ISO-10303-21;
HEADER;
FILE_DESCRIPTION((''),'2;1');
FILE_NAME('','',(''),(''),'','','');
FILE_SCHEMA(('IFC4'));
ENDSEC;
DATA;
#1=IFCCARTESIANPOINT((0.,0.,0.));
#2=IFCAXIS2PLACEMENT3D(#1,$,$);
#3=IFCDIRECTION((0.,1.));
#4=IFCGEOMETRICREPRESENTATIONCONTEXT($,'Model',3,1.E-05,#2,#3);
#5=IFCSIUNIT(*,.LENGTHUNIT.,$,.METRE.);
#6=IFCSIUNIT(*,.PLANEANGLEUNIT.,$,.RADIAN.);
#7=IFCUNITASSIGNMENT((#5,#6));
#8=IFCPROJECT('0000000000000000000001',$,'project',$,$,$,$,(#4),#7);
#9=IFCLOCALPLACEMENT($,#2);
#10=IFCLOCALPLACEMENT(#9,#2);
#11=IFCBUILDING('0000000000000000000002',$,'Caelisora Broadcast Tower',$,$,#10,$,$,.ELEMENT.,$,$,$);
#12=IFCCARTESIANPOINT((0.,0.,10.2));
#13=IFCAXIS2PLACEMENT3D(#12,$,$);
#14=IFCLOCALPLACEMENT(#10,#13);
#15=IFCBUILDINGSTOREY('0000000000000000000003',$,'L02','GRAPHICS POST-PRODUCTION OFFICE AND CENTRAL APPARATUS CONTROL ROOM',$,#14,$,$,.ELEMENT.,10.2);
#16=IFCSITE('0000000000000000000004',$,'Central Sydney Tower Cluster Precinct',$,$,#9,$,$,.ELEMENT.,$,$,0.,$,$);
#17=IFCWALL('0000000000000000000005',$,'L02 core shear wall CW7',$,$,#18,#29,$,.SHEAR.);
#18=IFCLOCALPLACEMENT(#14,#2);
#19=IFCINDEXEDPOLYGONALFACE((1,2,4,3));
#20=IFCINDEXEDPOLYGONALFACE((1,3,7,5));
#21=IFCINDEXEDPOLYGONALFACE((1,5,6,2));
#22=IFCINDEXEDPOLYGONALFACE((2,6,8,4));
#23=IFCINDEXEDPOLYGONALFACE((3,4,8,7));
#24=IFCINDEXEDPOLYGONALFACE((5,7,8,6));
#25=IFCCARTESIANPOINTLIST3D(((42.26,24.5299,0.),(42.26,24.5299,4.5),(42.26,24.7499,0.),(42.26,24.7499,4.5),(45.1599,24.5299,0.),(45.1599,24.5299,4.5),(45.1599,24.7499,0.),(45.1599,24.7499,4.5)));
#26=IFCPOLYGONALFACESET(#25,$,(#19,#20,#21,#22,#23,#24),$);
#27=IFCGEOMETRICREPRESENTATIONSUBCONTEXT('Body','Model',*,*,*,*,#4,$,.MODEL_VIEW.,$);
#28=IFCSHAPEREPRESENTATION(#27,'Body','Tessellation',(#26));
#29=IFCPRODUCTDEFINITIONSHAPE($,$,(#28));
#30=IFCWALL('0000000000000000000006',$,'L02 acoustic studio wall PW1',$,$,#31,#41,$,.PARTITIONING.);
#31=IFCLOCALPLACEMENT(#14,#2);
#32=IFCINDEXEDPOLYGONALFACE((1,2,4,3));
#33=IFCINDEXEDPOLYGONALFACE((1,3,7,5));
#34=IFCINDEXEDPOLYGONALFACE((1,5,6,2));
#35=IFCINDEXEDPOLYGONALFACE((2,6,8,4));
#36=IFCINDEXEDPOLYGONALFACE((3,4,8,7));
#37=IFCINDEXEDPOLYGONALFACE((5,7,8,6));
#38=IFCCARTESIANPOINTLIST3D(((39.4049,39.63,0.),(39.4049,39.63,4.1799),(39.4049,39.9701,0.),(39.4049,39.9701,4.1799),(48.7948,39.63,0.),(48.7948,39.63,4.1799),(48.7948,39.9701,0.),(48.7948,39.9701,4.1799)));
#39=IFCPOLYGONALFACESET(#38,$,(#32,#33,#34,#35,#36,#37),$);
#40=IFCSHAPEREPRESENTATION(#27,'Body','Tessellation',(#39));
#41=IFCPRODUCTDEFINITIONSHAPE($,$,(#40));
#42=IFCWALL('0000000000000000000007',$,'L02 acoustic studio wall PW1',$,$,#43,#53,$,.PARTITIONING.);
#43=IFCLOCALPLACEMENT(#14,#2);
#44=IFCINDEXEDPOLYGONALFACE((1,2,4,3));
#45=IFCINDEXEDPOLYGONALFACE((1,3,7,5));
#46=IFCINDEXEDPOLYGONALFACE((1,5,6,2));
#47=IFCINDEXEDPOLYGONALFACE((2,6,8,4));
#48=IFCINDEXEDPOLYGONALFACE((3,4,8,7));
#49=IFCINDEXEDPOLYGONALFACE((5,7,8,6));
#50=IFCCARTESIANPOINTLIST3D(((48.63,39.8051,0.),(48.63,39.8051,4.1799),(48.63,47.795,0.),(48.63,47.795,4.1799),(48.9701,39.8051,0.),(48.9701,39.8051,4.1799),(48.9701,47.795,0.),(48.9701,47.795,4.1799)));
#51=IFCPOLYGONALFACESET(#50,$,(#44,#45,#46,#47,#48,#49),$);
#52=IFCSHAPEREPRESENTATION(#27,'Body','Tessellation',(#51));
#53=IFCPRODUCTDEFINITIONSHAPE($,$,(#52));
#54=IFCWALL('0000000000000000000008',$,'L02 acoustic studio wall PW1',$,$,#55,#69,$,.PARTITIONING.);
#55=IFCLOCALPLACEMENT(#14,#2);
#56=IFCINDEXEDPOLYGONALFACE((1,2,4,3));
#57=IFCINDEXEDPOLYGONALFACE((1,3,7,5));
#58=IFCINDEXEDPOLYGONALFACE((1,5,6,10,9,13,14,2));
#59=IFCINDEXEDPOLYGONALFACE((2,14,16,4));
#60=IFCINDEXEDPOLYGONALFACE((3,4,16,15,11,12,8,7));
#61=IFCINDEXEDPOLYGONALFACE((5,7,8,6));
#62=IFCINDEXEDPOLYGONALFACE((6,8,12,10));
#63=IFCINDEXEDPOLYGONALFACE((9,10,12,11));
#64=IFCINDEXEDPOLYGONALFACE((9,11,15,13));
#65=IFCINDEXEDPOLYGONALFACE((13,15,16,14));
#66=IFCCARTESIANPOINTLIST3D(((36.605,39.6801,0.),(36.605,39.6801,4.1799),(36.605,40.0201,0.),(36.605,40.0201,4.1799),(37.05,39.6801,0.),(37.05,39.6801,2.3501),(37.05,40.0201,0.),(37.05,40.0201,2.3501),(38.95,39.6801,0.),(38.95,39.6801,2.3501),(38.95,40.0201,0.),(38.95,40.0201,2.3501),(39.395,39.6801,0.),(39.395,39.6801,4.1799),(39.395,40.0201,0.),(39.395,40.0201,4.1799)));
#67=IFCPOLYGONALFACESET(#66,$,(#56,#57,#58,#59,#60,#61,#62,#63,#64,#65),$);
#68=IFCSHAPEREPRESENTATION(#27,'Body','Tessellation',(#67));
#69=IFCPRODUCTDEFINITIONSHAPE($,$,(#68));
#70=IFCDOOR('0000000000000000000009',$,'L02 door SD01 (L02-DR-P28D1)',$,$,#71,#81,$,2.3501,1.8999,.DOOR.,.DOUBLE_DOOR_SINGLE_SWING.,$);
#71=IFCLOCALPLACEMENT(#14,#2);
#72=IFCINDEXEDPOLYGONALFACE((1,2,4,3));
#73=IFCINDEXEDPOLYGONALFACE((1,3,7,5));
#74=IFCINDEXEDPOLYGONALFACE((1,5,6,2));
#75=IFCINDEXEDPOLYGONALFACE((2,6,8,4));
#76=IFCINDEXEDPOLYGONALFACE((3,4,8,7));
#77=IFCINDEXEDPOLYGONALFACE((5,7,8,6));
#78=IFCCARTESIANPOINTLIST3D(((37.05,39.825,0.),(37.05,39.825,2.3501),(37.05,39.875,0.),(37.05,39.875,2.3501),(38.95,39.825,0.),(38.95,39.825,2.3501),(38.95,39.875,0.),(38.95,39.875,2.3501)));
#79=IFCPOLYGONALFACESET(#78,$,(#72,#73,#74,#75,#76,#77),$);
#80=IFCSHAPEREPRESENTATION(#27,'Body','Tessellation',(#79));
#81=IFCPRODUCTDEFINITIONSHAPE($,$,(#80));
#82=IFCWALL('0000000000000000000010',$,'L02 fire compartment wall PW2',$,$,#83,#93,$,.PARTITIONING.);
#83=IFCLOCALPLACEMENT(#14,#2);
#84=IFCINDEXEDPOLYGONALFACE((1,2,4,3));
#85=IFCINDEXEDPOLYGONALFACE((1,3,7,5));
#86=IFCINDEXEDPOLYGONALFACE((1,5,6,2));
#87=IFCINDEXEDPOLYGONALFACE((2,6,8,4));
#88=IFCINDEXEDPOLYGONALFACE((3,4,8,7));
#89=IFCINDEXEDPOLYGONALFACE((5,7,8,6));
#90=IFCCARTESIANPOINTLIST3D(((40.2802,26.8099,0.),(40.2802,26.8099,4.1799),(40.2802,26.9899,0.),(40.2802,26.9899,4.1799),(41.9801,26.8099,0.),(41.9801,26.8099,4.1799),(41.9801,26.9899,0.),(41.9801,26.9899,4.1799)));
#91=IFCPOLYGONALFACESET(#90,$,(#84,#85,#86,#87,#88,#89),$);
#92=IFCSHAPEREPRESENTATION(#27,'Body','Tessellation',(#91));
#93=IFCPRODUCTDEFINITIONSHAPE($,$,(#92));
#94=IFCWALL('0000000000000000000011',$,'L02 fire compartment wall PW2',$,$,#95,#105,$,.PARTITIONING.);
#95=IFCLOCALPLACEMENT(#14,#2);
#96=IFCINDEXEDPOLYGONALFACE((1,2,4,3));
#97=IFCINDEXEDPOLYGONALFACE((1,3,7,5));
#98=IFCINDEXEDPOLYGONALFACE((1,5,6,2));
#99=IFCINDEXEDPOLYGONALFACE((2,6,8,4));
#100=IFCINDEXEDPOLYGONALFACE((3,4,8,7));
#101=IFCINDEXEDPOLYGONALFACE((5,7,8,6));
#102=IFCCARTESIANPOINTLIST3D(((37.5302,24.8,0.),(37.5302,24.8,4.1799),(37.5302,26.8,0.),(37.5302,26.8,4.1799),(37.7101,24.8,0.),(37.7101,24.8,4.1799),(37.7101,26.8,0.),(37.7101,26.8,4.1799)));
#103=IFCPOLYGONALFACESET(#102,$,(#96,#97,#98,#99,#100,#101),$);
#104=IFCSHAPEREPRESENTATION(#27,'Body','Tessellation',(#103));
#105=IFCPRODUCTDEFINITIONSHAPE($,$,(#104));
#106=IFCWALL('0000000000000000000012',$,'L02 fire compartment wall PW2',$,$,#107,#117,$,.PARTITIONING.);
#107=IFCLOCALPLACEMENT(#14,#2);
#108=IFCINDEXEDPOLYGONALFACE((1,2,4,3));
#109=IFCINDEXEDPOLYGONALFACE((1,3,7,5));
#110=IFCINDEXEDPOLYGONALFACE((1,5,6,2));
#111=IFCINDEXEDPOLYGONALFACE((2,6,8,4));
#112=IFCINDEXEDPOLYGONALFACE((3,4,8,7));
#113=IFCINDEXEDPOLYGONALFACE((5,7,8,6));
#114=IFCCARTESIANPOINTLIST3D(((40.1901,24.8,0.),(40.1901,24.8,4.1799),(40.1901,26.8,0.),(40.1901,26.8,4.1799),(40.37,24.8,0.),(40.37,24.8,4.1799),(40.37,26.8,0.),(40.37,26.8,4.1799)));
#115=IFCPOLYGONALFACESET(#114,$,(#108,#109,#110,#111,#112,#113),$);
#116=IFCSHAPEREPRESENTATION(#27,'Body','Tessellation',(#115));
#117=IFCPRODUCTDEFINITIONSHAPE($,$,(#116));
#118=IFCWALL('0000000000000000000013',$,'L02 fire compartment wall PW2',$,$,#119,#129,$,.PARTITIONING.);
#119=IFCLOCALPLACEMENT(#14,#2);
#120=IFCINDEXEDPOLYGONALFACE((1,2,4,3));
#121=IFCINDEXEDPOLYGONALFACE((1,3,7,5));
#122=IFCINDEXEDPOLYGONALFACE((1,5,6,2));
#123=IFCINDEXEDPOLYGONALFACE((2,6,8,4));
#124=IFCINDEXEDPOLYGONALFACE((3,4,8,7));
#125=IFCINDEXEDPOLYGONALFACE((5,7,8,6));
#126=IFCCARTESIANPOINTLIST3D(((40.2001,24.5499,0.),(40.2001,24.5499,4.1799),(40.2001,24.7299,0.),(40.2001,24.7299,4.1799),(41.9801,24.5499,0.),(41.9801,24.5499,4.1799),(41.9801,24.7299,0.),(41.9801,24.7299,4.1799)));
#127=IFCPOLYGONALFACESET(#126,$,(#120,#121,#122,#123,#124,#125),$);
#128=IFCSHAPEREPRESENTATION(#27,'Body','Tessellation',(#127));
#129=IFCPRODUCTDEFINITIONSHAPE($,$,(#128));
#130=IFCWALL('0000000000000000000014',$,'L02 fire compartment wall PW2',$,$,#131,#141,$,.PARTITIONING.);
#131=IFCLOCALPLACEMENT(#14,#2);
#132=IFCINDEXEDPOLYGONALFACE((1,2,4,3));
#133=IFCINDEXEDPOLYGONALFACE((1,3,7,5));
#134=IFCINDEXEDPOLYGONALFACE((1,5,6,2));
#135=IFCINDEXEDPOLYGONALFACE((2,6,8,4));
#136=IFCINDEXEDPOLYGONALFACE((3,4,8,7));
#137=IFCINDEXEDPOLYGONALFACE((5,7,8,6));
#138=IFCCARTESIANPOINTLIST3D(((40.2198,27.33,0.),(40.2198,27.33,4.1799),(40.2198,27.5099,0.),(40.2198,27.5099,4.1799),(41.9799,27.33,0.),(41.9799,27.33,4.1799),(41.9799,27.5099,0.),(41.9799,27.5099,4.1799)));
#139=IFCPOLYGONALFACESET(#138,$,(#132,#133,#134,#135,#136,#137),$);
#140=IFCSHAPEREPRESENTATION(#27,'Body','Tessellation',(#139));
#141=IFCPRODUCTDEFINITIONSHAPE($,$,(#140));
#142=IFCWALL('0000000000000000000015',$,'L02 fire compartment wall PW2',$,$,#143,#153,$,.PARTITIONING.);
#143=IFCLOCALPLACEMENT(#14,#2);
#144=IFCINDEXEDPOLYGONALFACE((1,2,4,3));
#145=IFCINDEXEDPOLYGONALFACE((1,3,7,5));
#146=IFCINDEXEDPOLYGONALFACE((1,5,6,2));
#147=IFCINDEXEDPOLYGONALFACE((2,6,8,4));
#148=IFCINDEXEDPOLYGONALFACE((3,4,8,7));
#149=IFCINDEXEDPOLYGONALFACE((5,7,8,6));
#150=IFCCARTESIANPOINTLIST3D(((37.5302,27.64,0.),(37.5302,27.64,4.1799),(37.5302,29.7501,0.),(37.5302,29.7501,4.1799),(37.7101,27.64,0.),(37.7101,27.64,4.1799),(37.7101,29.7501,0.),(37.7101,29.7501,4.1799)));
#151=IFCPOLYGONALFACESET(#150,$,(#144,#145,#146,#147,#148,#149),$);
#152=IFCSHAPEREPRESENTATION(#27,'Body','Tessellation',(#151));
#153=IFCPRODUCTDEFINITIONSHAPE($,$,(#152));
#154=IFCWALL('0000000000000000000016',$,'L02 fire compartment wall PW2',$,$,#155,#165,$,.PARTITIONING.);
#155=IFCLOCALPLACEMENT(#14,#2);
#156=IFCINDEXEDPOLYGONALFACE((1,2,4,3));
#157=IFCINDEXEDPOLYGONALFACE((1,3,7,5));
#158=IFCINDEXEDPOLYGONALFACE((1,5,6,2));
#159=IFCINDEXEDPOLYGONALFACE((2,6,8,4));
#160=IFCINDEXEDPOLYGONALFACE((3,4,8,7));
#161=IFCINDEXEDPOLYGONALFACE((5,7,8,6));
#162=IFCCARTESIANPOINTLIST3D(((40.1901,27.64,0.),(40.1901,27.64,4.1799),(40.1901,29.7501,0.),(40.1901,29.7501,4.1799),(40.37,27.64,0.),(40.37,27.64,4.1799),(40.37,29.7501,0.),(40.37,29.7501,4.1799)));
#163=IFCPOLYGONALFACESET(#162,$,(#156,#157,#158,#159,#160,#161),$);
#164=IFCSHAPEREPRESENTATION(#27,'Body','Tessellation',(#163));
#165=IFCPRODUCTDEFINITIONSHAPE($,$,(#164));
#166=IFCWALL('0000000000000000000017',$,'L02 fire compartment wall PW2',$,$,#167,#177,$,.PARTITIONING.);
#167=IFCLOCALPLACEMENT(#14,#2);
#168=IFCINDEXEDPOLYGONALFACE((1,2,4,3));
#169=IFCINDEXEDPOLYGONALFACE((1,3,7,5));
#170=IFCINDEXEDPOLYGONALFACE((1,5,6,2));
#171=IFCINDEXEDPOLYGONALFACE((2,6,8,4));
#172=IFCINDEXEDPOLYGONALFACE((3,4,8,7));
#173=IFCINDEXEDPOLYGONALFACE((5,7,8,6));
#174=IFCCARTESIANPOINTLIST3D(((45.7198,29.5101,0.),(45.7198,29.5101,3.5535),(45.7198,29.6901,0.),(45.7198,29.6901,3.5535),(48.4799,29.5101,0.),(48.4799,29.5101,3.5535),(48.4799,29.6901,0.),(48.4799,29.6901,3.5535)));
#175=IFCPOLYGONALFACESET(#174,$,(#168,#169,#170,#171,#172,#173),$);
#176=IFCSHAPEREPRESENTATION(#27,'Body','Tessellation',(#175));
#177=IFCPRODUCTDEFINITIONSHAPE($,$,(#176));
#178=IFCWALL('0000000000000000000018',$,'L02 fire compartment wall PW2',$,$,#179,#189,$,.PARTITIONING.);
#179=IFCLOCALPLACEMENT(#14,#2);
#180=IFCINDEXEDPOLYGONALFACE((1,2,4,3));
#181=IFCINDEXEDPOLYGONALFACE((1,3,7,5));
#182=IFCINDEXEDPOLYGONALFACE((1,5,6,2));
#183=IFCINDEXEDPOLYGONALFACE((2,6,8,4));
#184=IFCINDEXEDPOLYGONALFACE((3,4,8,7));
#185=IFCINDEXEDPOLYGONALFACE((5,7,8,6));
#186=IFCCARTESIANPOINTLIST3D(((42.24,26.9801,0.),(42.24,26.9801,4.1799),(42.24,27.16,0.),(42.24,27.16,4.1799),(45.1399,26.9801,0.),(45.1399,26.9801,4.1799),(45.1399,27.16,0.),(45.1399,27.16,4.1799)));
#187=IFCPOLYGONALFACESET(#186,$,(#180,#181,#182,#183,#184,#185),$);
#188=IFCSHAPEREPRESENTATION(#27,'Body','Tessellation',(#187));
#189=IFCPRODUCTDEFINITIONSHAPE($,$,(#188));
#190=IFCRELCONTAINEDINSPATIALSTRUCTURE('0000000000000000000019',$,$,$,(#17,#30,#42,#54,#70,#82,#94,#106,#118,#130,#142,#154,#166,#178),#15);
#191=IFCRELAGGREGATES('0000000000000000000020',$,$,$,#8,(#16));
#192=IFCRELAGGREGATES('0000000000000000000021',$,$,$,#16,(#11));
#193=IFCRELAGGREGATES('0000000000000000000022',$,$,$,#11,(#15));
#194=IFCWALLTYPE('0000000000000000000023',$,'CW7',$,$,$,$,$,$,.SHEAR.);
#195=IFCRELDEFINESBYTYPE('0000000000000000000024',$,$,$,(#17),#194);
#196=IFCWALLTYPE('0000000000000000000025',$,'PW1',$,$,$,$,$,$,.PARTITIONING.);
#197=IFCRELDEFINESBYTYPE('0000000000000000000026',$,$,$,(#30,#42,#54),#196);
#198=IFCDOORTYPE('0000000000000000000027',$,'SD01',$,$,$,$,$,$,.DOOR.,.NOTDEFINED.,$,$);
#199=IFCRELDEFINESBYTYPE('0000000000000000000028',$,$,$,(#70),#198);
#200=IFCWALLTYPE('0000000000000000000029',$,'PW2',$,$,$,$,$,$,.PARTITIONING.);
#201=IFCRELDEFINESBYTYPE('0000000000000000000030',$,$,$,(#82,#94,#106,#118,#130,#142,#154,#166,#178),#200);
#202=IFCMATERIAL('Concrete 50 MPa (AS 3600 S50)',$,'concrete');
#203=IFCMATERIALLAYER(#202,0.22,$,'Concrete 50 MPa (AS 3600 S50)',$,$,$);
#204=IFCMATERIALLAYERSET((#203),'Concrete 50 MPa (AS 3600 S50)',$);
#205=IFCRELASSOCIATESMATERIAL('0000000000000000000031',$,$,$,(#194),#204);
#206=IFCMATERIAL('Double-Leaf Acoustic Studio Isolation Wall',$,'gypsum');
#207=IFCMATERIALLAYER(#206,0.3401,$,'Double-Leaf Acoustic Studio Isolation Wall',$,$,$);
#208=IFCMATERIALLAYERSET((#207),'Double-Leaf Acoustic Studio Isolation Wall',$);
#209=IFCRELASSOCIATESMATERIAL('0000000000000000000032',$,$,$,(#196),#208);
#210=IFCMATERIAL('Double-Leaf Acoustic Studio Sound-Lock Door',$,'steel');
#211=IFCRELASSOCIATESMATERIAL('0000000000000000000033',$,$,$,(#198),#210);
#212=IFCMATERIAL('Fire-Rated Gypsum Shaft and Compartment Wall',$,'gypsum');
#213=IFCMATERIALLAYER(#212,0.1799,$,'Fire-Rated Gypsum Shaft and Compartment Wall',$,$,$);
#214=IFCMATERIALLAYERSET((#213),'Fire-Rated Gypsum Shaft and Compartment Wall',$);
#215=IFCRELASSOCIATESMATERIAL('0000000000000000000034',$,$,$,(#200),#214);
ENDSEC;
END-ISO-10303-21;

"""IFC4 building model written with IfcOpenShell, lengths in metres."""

from ifc_helpers import new_model, si_unit, direction, frame, frame_2d, origin, place, context, subcontext, project, spatial, rectangle, extrude, material, layer, layer_set, type_object, element, fill, save


model = new_model("IFC4")

# Units and contexts
model_context = context("Model", 3, precision=1e-05, world=origin(), true_north=direction((0.0, 1.0)))
body_context = subcontext(model_context, "Body", "Model", "MODEL_VIEW")
ifc_project = project(units=[si_unit("LENGTHUNIT", "METRE"), si_unit("PLANEANGLEUNIT", "RADIAN")], contexts=[model_context])

# Site, building, storey
site_placement = place(None, origin())
site = spatial("IfcSite", under=ifc_project, at=site_placement, Name="Central Sydney Tower Cluster Precinct", CompositionType="ELEMENT", RefElevation=0.0)
building_placement = place(site_placement, origin())
building = spatial("IfcBuilding", under=site, at=building_placement, Name="Caelisora Broadcast Tower", CompositionType="ELEMENT")
storey_placement = place(building_placement, frame((0.0, 0.0, 10.2)))
storey = spatial("IfcBuildingStorey", under=building, at=storey_placement, Name="L02", Description="GRAPHICS POST-PRODUCTION OFFICE AND CENTRAL APPARATUS CONTROL ROOM", CompositionType="ELEMENT", Elevation=10.2)

# Walls
ifc_material_1 = material(Name="Concrete 50 MPa (AS 3600 S50)", Category="concrete")
ifc_layer_1 = layer(ifc_material_1, 0.22, Name="Concrete 50 MPa (AS 3600 S50)")
ifc_layer_set_1 = layer_set([ifc_layer_1], Name="Concrete 50 MPa (AS 3600 S50)")
wall_type_1 = type_object("IfcWallType", Name="CW7", PredefinedType="SHEAR", material=ifc_layer_set_1)
wall_1_placement = place(storey_placement, frame((42.26, 24.6399, 0.0), z_axis=(0.0, 0.0, 1.0), x_axis=(1.0, 0.0, 0.0)))
element("IfcWall", 1, at=wall_1_placement, inside=storey, type_object=wall_type_1, Name="L02 core shear wall CW7", PredefinedType="SHEAR", context=body_context, shape_type="SweptSolid", body=[
    extrude(rectangle(XDim=2.8999, YDim=0.22, at=frame_2d((1.45, 0.0))), origin(), (0.0, 0.0, 1.0), 4.5),
])
ifc_material_2 = material(Name="Double-Leaf Acoustic Studio Isolation Wall", Category="gypsum")
ifc_layer_2 = layer(ifc_material_2, 0.3401, Name="Double-Leaf Acoustic Studio Isolation Wall")
ifc_layer_set_2 = layer_set([ifc_layer_2], Name="Double-Leaf Acoustic Studio Isolation Wall")
wall_type_2 = type_object("IfcWallType", Name="PW1", PredefinedType="PARTITIONING", material=ifc_layer_set_2)
wall_2_placement = place(storey_placement, frame((39.405, 39.8, 0.0), z_axis=(0.0, 0.0, 1.0), x_axis=(1.0, 0.0, 0.0)))
element("IfcWall", 2, at=wall_2_placement, inside=storey, type_object=wall_type_2, Name="L02 acoustic studio wall PW1", PredefinedType="PARTITIONING", context=body_context, shape_type="SweptSolid", body=[
    extrude(rectangle(XDim=9.3899, YDim=0.3401, at=frame_2d((4.6948, 0.0))), origin(), (0.0, 0.0, 1.0), 4.1799),
])
wall_3_placement = place(storey_placement, frame((48.8, 39.8049, 0.0), z_axis=(0.0, 0.0, 1.0), x_axis=(0.0, 1.0, 0.0)))
element("IfcWall", 3, at=wall_3_placement, inside=storey, type_object=wall_type_2, Name="L02 acoustic studio wall PW1", PredefinedType="PARTITIONING", context=body_context, shape_type="SweptSolid", body=[
    extrude(rectangle(XDim=7.99, YDim=0.3401, at=frame_2d((3.9951, 0.0))), origin(), (0.0, 0.0, 1.0), 4.1799),
])

# Wall, opening, door
wall_4_placement = place(storey_placement, frame((36.605, 39.8501, 0.0), z_axis=(0.0, 0.0, 1.0), x_axis=(1.0, 0.0, 0.0)))
wall_4 = element("IfcWall", 4, at=wall_4_placement, inside=storey, type_object=wall_type_2, Name="L02 acoustic studio wall PW1", PredefinedType="PARTITIONING", context=body_context, shape_type="SweptSolid", body=[
    extrude(rectangle(XDim=2.79, YDim=0.3401, at=frame_2d((1.395, 0.0))), origin(), (0.0, 0.0, 1.0), 4.1799),
])
opening_1_placement = place(wall_4_placement, frame((0.4451, 0.0, 0.0)))
opening_1 = element("IfcOpeningElement", 5, at=opening_1_placement, cuts=wall_4, PredefinedType="OPENING", context=body_context, shape_type="SweptSolid", body=[
    extrude(rectangle(XDim=1.8999, YDim=2.3501, at=frame_2d((0.95, 1.175))), frame((0.0, 0.1821, 0.0), z_axis=(0.0, -1.0, 0.0), x_axis=(1.0, 0.0, 0.0)), (0.0, 0.0, 1.0), 0.364),
])
ifc_material_3 = material(Name="Double-Leaf Acoustic Studio Sound-Lock Door", Category="steel")
door_type_1 = type_object("IfcDoorType", Name="SD01", OperationType="NOTDEFINED", PredefinedType="DOOR", material=ifc_material_3)
door_1_placement = place(opening_1_placement, origin())
door_1 = element("IfcDoor", 6, at=door_1_placement, inside=storey, type_object=door_type_1, Name="L02 door SD01 (L02-DR-P28D1)", OperationType="DOUBLE_DOOR_SINGLE_SWING", OverallHeight=2.3501, OverallWidth=1.8999, PredefinedType="DOOR", context=body_context, shape_type="SweptSolid", body=[
    extrude(rectangle(XDim=1.8999, YDim=2.3501, at=frame_2d((0.95, 1.175))), frame((0.0, 0.0249, 0.0), z_axis=(0.0, -1.0, 0.0), x_axis=(1.0, 0.0, 0.0)), (0.0, 0.0, 1.0), 0.05),
])
fill(opening_1, door_1)

# Walls
ifc_material_4 = material(Name="Fire-Rated Gypsum Shaft and Compartment Wall", Category="gypsum")
ifc_layer_3 = layer(ifc_material_4, 0.1799, Name="Fire-Rated Gypsum Shaft and Compartment Wall")
ifc_layer_set_3 = layer_set([ifc_layer_3], Name="Fire-Rated Gypsum Shaft and Compartment Wall")
wall_type_3 = type_object("IfcWallType", Name="PW2", PredefinedType="PARTITIONING", material=ifc_layer_set_3)
wall_5_placement = place(storey_placement, frame((40.28, 26.8999, 0.0), z_axis=(0.0, 0.0, 1.0), x_axis=(1.0, 0.0, 0.0)))
element("IfcWall", 7, at=wall_5_placement, inside=storey, type_object=wall_type_3, Name="L02 fire compartment wall PW2", PredefinedType="PARTITIONING", context=body_context, shape_type="SweptSolid", body=[
    extrude(rectangle(XDim=1.7, YDim=0.1799, at=frame_2d((0.8501, 0.0))), origin(), (0.0, 0.0, 1.0), 4.1799),
])
for number, where, z_axis, x_axis, name in (
    (8, (37.6201, 24.8, 0.0), (0.0, 0.0, 1.0), (0.0, 1.0, 0.0), "L02 fire compartment wall PW2"),
    (9, (40.28, 24.8, 0.0), (0.0, 0.0, 1.0), (0.0, 1.0, 0.0), "L02 fire compartment wall PW2"),
):
    element("IfcWall", number, at=place(storey_placement, frame(where, z_axis=z_axis, x_axis=x_axis)), inside=storey, type_object=wall_type_3, Name=name, PredefinedType="PARTITIONING", context=body_context, shape_type="SweptSolid", body=[
        extrude(rectangle(XDim=2.0, YDim=0.1799, at=frame_2d((1.0, 0.0))), origin(), (0.0, 0.0, 1.0), 4.1799),
    ])
wall_6_placement = place(storey_placement, frame((40.2, 24.6399, 0.0), z_axis=(0.0, 0.0, 1.0), x_axis=(1.0, 0.0, 0.0)))
element("IfcWall", 10, at=wall_6_placement, inside=storey, type_object=wall_type_3, Name="L02 fire compartment wall PW2", PredefinedType="PARTITIONING", context=body_context, shape_type="SweptSolid", body=[
    extrude(rectangle(XDim=1.78, YDim=0.1799, at=frame_2d((0.8901, 0.0))), origin(), (0.0, 0.0, 1.0), 4.1799),
])
wall_7_placement = place(storey_placement, frame((40.22, 27.4199, 0.0), z_axis=(0.0, 0.0, 1.0), x_axis=(1.0, 0.0, 0.0)))
element("IfcWall", 11, at=wall_7_placement, inside=storey, type_object=wall_type_3, Name="L02 fire compartment wall PW2", PredefinedType="PARTITIONING", context=body_context, shape_type="SweptSolid", body=[
    extrude(rectangle(XDim=1.76, YDim=0.1799, at=frame_2d((0.8799, 0.0))), origin(), (0.0, 0.0, 1.0), 4.1799),
])
for number, where, z_axis, x_axis, name in (
    (12, (37.6201, 27.6399, 0.0), (0.0, 0.0, 1.0), (0.0, 1.0, 0.0), "L02 fire compartment wall PW2"),
    (13, (40.28, 27.6399, 0.0), (0.0, 0.0, 1.0), (0.0, 1.0, 0.0), "L02 fire compartment wall PW2"),
):
    element("IfcWall", number, at=place(storey_placement, frame(where, z_axis=z_axis, x_axis=x_axis)), inside=storey, type_object=wall_type_3, Name=name, PredefinedType="PARTITIONING", context=body_context, shape_type="SweptSolid", body=[
        extrude(rectangle(XDim=2.1101, YDim=0.1799, at=frame_2d((1.0552, 0.0))), origin(), (0.0, 0.0, 1.0), 4.1799),
    ])
wall_8_placement = place(storey_placement, frame((45.72, 29.6001, 0.0), z_axis=(0.0, 0.0, 1.0), x_axis=(1.0, 0.0, 0.0)))
element("IfcWall", 14, at=wall_8_placement, inside=storey, type_object=wall_type_3, Name="L02 fire compartment wall PW2", PredefinedType="PARTITIONING", context=body_context, shape_type="SweptSolid", body=[
    extrude(rectangle(XDim=2.76, YDim=0.1799, at=frame_2d((1.3799, 0.0))), origin(), (0.0, 0.0, 1.0), 3.5535),
])
wall_9_placement = place(storey_placement, frame((42.24, 27.0701, 0.0), z_axis=(0.0, 0.0, 1.0), x_axis=(1.0, 0.0, 0.0)))
element("IfcWall", 15, at=wall_9_placement, inside=storey, type_object=wall_type_3, Name="L02 fire compartment wall PW2", PredefinedType="PARTITIONING", context=body_context, shape_type="SweptSolid", body=[
    extrude(rectangle(XDim=2.8999, YDim=0.1799, at=frame_2d((1.45, 0.0))), origin(), (0.0, 0.0, 1.0), 4.1799),
])

save(model, "model.ifc")
